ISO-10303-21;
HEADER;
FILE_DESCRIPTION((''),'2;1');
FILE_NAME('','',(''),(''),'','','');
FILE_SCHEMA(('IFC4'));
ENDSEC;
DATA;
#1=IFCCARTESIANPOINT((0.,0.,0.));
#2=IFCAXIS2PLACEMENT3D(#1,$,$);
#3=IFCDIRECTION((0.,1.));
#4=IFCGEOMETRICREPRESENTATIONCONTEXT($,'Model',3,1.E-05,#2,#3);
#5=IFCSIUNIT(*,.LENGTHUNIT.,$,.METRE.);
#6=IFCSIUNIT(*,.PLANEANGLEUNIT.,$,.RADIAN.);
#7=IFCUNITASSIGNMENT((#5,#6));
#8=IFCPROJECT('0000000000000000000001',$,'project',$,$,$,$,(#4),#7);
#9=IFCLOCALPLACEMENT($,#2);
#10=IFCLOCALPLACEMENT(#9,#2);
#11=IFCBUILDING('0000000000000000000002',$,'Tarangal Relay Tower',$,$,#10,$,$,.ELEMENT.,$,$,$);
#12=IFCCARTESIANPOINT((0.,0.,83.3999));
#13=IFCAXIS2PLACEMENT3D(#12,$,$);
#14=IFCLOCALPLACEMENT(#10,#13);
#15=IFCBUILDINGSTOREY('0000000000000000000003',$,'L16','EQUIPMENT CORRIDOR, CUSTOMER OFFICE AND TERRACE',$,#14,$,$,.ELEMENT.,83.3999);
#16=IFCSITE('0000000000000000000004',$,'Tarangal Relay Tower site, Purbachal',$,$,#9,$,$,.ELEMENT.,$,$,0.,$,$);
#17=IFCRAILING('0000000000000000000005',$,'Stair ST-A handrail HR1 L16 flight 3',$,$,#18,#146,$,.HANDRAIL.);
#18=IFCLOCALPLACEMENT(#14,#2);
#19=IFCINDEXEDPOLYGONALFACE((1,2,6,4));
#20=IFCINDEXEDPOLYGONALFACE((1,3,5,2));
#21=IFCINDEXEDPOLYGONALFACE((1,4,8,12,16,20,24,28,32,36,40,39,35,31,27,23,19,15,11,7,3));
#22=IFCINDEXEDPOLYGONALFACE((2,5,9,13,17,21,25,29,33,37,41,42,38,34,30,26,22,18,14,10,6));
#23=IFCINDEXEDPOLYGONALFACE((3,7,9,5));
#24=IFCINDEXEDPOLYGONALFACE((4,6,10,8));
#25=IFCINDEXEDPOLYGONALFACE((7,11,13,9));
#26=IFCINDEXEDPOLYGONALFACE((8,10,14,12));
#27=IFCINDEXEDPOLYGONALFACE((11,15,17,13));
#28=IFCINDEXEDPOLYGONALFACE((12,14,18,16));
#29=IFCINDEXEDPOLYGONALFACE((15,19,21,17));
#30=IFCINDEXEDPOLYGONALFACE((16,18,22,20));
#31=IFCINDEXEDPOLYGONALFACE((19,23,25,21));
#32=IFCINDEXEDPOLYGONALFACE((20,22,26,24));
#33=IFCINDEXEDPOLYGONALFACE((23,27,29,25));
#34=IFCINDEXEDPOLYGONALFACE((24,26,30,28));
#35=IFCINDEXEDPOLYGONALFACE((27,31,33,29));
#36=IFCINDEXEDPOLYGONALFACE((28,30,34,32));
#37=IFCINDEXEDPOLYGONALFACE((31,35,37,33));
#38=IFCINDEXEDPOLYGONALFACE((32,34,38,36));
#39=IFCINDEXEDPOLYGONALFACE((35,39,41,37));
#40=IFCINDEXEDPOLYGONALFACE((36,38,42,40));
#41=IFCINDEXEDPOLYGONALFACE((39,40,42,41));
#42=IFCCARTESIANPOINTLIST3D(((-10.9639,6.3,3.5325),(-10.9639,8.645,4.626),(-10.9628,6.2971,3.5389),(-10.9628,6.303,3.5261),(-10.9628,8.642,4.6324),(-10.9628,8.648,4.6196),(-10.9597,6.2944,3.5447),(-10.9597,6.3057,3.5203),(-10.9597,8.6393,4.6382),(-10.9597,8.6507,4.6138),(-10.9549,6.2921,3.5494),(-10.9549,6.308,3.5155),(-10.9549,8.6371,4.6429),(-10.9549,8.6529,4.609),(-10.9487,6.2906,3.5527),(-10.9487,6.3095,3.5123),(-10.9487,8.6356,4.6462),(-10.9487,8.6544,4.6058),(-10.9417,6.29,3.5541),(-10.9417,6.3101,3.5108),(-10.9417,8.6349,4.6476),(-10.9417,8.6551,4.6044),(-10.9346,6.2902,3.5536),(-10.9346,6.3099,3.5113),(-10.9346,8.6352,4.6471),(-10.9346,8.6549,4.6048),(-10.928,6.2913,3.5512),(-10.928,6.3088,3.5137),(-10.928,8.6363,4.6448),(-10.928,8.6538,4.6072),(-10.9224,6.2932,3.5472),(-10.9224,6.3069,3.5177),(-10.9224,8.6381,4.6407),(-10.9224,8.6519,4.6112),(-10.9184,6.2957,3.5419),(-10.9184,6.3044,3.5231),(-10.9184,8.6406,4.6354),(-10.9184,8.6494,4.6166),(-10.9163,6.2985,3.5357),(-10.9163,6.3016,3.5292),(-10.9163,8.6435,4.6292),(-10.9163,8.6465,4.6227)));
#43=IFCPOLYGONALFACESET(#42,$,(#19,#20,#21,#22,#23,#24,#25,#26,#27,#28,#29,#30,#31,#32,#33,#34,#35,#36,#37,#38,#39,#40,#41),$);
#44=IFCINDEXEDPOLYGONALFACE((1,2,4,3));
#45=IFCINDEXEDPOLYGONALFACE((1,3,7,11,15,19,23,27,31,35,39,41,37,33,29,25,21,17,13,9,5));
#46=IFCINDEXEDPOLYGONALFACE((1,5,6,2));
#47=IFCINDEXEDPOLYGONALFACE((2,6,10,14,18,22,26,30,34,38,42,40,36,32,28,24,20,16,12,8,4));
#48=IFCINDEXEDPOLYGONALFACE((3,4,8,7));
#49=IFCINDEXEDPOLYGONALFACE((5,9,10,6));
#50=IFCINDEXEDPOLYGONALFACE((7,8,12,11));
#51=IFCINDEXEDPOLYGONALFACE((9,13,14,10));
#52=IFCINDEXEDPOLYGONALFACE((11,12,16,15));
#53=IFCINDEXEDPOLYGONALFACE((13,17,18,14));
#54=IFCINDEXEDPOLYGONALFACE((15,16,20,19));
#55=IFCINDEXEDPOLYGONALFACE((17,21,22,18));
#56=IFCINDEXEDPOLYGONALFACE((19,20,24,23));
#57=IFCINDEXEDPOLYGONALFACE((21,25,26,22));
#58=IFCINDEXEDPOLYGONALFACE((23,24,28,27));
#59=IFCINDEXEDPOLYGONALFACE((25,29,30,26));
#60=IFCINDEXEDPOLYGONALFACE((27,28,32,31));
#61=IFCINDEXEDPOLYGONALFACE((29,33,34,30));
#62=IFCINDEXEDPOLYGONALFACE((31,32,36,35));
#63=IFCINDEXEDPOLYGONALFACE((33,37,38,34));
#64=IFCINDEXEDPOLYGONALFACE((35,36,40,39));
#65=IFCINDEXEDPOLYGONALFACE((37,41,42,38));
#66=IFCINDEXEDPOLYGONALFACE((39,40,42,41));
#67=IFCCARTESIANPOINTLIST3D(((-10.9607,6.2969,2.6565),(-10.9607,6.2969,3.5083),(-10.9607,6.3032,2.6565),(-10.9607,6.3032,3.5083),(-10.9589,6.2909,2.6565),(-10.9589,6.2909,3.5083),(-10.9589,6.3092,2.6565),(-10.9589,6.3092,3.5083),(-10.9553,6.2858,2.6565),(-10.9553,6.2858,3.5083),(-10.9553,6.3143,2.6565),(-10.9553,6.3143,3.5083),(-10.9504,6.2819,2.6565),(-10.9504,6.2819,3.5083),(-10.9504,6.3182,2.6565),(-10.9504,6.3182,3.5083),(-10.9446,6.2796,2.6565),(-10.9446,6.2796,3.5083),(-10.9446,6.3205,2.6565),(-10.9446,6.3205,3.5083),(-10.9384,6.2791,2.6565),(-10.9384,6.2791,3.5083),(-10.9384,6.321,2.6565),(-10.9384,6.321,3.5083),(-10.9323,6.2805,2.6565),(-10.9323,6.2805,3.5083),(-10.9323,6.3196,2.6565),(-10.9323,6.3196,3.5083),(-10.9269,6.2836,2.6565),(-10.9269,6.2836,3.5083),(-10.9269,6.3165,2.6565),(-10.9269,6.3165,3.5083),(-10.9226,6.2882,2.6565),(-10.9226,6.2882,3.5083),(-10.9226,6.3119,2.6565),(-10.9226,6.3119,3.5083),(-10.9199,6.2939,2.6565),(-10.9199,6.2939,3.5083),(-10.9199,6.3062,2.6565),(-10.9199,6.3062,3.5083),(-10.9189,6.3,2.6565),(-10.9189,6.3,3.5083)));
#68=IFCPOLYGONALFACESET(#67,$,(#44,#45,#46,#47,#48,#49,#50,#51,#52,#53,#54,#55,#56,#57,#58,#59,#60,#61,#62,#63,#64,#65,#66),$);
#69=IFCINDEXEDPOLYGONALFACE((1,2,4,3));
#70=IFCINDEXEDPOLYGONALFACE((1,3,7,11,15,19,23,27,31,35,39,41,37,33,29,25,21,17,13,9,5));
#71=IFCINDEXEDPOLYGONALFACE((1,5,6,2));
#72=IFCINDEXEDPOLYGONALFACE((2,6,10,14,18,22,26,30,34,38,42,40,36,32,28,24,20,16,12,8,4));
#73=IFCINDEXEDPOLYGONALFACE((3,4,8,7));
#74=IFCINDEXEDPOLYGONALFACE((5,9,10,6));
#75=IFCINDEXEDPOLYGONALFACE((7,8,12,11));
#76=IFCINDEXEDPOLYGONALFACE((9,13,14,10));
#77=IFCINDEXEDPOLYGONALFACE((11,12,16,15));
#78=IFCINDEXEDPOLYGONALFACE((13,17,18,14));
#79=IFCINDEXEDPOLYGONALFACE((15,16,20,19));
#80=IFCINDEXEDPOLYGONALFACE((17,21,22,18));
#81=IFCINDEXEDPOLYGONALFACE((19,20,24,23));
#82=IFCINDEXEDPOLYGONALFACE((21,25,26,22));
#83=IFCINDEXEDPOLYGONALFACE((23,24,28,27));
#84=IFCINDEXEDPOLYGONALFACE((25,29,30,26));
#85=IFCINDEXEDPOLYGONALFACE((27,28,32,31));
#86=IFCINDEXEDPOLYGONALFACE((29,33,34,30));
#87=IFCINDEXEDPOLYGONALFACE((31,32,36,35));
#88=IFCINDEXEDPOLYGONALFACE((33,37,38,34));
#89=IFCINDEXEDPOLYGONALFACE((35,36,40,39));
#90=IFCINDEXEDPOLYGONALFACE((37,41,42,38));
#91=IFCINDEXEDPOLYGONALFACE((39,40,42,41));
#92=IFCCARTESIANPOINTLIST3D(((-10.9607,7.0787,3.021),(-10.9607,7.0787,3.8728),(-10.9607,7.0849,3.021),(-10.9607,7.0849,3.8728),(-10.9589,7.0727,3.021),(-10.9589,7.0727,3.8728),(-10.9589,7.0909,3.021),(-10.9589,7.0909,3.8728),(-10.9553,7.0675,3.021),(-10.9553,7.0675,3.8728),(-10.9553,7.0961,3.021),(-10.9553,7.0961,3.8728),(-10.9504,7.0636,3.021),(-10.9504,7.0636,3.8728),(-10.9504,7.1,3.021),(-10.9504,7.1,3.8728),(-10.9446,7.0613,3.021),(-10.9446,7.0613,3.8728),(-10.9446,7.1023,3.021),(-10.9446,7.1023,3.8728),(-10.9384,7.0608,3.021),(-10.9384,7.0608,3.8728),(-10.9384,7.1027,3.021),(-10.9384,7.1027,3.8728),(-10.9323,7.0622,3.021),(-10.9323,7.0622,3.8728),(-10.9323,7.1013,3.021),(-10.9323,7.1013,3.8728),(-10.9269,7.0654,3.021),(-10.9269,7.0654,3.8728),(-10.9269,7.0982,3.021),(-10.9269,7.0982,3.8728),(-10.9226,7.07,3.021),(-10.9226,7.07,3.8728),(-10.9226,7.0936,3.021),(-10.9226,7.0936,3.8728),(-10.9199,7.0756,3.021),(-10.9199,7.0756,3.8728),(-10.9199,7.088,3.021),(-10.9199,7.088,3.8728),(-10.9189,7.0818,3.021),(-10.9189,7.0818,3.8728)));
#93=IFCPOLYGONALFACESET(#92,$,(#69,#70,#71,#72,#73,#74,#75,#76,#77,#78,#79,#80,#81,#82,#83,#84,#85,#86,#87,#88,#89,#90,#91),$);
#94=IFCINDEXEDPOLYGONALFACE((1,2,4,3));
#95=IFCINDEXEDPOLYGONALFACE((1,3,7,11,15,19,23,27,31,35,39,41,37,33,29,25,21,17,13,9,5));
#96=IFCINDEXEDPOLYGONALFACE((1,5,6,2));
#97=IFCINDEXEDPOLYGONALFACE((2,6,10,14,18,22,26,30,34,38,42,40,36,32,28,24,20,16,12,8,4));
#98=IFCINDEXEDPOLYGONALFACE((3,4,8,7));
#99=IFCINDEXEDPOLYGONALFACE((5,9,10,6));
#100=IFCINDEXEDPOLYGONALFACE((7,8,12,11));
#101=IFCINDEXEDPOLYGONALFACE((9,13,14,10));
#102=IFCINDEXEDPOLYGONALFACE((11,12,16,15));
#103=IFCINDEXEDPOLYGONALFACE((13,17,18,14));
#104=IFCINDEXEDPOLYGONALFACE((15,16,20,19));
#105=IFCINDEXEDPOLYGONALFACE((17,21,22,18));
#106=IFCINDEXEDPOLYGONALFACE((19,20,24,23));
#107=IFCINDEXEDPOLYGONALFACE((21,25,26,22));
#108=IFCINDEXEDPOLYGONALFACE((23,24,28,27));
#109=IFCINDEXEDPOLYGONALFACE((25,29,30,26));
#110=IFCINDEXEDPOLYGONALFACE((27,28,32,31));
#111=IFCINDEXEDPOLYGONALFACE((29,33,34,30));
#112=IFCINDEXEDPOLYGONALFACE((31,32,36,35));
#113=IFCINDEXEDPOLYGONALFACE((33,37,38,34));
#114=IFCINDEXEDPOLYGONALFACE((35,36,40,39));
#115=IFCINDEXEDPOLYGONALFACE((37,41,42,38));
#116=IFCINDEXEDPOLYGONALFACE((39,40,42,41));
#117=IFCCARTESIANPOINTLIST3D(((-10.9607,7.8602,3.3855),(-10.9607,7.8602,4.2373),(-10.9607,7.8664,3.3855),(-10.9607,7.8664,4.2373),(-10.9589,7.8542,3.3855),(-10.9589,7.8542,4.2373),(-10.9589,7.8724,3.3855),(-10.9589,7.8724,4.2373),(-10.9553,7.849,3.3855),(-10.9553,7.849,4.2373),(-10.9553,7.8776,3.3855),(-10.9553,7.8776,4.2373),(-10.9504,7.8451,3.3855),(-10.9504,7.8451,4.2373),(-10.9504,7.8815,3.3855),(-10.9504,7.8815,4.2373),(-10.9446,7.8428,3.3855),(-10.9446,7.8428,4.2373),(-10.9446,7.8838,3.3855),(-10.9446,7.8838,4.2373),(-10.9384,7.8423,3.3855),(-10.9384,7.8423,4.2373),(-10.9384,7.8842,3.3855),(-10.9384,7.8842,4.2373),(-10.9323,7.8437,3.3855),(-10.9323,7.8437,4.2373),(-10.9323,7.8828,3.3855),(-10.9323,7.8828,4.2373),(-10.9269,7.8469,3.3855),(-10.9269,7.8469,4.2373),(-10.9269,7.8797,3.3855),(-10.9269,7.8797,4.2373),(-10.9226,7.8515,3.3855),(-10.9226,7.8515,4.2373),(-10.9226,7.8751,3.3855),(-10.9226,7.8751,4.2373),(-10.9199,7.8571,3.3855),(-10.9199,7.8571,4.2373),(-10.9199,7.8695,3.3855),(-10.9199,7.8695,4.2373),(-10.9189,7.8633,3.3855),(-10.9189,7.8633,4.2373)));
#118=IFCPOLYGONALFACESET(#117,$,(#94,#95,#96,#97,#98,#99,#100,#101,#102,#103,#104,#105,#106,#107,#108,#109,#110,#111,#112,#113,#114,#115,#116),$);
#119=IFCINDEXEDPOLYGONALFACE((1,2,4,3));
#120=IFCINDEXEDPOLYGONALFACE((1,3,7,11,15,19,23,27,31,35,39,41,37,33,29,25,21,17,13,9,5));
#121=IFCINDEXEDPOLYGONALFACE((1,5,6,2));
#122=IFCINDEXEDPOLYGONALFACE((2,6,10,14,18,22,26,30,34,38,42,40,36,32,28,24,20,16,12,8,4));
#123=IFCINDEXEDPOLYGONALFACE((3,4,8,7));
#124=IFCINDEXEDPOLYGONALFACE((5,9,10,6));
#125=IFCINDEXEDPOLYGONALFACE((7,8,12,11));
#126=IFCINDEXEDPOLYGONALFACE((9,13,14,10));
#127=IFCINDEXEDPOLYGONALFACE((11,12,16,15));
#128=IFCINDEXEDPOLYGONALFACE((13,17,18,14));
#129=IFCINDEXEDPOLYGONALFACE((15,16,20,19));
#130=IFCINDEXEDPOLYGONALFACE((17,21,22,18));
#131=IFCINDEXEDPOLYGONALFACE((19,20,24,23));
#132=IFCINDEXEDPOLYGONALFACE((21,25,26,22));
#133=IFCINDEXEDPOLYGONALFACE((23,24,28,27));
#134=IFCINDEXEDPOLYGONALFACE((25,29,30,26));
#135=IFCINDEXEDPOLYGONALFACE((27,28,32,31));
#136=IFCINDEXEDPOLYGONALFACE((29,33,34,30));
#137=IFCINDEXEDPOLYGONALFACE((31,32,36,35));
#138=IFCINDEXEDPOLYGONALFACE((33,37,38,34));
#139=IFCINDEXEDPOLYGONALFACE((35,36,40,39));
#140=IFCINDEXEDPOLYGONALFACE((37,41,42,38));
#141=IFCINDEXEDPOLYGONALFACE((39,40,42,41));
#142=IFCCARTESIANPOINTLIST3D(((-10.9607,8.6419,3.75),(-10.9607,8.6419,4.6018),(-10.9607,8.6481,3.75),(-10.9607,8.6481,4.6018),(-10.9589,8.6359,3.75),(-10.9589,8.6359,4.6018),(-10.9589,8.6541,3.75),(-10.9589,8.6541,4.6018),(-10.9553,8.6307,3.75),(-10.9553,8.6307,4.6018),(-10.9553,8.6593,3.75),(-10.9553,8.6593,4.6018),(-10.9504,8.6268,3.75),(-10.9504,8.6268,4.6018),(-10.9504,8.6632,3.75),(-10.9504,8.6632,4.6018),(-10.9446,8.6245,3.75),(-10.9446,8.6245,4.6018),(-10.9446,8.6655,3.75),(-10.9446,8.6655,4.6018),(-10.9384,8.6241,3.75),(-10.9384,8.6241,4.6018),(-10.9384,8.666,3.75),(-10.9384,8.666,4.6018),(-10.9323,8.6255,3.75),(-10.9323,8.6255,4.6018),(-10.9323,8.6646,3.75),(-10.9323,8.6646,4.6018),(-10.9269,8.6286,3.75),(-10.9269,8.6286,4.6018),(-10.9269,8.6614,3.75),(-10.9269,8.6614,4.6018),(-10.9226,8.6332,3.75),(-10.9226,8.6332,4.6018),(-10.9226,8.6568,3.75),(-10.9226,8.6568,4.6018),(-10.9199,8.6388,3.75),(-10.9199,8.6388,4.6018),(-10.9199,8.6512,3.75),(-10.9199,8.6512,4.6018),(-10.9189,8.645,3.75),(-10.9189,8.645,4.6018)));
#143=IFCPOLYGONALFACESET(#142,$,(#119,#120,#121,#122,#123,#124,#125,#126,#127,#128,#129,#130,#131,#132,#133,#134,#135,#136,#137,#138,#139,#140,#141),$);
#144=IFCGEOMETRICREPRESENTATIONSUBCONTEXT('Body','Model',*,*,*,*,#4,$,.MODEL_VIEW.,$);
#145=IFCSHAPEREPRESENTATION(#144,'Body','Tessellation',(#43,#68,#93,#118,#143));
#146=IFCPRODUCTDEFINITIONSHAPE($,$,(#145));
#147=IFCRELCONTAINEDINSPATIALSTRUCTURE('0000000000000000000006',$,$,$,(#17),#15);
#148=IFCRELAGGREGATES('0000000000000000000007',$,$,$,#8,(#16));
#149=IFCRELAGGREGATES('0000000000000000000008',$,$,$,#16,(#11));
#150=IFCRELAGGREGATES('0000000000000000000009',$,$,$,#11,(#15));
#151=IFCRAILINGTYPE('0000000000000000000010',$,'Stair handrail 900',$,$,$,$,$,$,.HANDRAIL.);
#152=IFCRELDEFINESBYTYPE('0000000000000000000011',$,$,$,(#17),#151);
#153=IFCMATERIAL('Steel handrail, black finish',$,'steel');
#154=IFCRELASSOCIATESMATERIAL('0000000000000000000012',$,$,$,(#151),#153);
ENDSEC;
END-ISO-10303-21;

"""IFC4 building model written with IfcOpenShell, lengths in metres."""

from ifc_helpers import new_model, si_unit, direction, frame, origin, origin_2d, place, context, subcontext, project, spatial, circle, extrude, material, type_object, element, save


model = new_model("IFC4")

# Units and contexts
model_context = context("Model", 3, precision=1e-05, world=origin(), true_north=direction((0.0, 1.0)))
body_context = subcontext(model_context, "Body", "Model", "MODEL_VIEW")
ifc_project = project(units=[si_unit("LENGTHUNIT", "METRE"), si_unit("PLANEANGLEUNIT", "RADIAN")], contexts=[model_context])

# Site, building, storey
site_placement = place(None, origin())
site = spatial("IfcSite", under=ifc_project, at=site_placement, Name="Tarangal Relay Tower site, Purbachal", CompositionType="ELEMENT", RefElevation=0.0)
building_placement = place(site_placement, origin())
building = spatial("IfcBuilding", under=site, at=building_placement, Name="Tarangal Relay Tower", CompositionType="ELEMENT")
storey_placement = place(building_placement, frame((0.0, 0.0, 83.3999)))
storey = spatial("IfcBuildingStorey", under=building, at=storey_placement, Name="L16", Description="EQUIPMENT CORRIDOR, CUSTOMER OFFICE AND TERRACE", CompositionType="ELEMENT", Elevation=83.3999)

# Railing
ifc_material_1 = material(Name="Steel handrail, black finish", Category="steel")
railing_type = type_object("IfcRailingType", Name="Stair handrail 900", PredefinedType="HANDRAIL", material=ifc_material_1)
for number, where, name in (
    (1, (-10.9399, 6.3, 2.6565), "Stair ST-A handrail HR1 L16 flight 3"),
):
    element("IfcRailing", number, at=place(storey_placement, frame(where)), inside=storey, type_object=railing_type, Name=name, PredefinedType="HANDRAIL", context=body_context, shape_type="SweptSolid", body=[
        extrude(circle(Radius=0.0239, at=origin_2d()), frame((0.0, 0.0, 0.876), z_axis=(0.0, 0.906304, 0.422627), x_axis=(-1.0, 0.0, 0.0)), (0.0, 0.0, 1.0), 2.5874),
        extrude(circle(Radius=0.021, at=origin_2d()), origin(), (0.0, 0.0, 1.0), 0.8518),
        extrude(circle(Radius=0.021, at=origin_2d()), frame((0.0, 0.7817, 0.3645)), (0.0, 0.0, 1.0), 0.8518),
        extrude(circle(Radius=0.021, at=origin_2d()), frame((0.0, 1.5632, 0.729)), (0.0, 0.0, 1.0), 0.8518),
        extrude(circle(Radius=0.021, at=origin_2d()), frame((0.0, 2.345, 1.0935)), (0.0, 0.0, 1.0), 0.8518),
    ])

save(model, "model.ifc")
